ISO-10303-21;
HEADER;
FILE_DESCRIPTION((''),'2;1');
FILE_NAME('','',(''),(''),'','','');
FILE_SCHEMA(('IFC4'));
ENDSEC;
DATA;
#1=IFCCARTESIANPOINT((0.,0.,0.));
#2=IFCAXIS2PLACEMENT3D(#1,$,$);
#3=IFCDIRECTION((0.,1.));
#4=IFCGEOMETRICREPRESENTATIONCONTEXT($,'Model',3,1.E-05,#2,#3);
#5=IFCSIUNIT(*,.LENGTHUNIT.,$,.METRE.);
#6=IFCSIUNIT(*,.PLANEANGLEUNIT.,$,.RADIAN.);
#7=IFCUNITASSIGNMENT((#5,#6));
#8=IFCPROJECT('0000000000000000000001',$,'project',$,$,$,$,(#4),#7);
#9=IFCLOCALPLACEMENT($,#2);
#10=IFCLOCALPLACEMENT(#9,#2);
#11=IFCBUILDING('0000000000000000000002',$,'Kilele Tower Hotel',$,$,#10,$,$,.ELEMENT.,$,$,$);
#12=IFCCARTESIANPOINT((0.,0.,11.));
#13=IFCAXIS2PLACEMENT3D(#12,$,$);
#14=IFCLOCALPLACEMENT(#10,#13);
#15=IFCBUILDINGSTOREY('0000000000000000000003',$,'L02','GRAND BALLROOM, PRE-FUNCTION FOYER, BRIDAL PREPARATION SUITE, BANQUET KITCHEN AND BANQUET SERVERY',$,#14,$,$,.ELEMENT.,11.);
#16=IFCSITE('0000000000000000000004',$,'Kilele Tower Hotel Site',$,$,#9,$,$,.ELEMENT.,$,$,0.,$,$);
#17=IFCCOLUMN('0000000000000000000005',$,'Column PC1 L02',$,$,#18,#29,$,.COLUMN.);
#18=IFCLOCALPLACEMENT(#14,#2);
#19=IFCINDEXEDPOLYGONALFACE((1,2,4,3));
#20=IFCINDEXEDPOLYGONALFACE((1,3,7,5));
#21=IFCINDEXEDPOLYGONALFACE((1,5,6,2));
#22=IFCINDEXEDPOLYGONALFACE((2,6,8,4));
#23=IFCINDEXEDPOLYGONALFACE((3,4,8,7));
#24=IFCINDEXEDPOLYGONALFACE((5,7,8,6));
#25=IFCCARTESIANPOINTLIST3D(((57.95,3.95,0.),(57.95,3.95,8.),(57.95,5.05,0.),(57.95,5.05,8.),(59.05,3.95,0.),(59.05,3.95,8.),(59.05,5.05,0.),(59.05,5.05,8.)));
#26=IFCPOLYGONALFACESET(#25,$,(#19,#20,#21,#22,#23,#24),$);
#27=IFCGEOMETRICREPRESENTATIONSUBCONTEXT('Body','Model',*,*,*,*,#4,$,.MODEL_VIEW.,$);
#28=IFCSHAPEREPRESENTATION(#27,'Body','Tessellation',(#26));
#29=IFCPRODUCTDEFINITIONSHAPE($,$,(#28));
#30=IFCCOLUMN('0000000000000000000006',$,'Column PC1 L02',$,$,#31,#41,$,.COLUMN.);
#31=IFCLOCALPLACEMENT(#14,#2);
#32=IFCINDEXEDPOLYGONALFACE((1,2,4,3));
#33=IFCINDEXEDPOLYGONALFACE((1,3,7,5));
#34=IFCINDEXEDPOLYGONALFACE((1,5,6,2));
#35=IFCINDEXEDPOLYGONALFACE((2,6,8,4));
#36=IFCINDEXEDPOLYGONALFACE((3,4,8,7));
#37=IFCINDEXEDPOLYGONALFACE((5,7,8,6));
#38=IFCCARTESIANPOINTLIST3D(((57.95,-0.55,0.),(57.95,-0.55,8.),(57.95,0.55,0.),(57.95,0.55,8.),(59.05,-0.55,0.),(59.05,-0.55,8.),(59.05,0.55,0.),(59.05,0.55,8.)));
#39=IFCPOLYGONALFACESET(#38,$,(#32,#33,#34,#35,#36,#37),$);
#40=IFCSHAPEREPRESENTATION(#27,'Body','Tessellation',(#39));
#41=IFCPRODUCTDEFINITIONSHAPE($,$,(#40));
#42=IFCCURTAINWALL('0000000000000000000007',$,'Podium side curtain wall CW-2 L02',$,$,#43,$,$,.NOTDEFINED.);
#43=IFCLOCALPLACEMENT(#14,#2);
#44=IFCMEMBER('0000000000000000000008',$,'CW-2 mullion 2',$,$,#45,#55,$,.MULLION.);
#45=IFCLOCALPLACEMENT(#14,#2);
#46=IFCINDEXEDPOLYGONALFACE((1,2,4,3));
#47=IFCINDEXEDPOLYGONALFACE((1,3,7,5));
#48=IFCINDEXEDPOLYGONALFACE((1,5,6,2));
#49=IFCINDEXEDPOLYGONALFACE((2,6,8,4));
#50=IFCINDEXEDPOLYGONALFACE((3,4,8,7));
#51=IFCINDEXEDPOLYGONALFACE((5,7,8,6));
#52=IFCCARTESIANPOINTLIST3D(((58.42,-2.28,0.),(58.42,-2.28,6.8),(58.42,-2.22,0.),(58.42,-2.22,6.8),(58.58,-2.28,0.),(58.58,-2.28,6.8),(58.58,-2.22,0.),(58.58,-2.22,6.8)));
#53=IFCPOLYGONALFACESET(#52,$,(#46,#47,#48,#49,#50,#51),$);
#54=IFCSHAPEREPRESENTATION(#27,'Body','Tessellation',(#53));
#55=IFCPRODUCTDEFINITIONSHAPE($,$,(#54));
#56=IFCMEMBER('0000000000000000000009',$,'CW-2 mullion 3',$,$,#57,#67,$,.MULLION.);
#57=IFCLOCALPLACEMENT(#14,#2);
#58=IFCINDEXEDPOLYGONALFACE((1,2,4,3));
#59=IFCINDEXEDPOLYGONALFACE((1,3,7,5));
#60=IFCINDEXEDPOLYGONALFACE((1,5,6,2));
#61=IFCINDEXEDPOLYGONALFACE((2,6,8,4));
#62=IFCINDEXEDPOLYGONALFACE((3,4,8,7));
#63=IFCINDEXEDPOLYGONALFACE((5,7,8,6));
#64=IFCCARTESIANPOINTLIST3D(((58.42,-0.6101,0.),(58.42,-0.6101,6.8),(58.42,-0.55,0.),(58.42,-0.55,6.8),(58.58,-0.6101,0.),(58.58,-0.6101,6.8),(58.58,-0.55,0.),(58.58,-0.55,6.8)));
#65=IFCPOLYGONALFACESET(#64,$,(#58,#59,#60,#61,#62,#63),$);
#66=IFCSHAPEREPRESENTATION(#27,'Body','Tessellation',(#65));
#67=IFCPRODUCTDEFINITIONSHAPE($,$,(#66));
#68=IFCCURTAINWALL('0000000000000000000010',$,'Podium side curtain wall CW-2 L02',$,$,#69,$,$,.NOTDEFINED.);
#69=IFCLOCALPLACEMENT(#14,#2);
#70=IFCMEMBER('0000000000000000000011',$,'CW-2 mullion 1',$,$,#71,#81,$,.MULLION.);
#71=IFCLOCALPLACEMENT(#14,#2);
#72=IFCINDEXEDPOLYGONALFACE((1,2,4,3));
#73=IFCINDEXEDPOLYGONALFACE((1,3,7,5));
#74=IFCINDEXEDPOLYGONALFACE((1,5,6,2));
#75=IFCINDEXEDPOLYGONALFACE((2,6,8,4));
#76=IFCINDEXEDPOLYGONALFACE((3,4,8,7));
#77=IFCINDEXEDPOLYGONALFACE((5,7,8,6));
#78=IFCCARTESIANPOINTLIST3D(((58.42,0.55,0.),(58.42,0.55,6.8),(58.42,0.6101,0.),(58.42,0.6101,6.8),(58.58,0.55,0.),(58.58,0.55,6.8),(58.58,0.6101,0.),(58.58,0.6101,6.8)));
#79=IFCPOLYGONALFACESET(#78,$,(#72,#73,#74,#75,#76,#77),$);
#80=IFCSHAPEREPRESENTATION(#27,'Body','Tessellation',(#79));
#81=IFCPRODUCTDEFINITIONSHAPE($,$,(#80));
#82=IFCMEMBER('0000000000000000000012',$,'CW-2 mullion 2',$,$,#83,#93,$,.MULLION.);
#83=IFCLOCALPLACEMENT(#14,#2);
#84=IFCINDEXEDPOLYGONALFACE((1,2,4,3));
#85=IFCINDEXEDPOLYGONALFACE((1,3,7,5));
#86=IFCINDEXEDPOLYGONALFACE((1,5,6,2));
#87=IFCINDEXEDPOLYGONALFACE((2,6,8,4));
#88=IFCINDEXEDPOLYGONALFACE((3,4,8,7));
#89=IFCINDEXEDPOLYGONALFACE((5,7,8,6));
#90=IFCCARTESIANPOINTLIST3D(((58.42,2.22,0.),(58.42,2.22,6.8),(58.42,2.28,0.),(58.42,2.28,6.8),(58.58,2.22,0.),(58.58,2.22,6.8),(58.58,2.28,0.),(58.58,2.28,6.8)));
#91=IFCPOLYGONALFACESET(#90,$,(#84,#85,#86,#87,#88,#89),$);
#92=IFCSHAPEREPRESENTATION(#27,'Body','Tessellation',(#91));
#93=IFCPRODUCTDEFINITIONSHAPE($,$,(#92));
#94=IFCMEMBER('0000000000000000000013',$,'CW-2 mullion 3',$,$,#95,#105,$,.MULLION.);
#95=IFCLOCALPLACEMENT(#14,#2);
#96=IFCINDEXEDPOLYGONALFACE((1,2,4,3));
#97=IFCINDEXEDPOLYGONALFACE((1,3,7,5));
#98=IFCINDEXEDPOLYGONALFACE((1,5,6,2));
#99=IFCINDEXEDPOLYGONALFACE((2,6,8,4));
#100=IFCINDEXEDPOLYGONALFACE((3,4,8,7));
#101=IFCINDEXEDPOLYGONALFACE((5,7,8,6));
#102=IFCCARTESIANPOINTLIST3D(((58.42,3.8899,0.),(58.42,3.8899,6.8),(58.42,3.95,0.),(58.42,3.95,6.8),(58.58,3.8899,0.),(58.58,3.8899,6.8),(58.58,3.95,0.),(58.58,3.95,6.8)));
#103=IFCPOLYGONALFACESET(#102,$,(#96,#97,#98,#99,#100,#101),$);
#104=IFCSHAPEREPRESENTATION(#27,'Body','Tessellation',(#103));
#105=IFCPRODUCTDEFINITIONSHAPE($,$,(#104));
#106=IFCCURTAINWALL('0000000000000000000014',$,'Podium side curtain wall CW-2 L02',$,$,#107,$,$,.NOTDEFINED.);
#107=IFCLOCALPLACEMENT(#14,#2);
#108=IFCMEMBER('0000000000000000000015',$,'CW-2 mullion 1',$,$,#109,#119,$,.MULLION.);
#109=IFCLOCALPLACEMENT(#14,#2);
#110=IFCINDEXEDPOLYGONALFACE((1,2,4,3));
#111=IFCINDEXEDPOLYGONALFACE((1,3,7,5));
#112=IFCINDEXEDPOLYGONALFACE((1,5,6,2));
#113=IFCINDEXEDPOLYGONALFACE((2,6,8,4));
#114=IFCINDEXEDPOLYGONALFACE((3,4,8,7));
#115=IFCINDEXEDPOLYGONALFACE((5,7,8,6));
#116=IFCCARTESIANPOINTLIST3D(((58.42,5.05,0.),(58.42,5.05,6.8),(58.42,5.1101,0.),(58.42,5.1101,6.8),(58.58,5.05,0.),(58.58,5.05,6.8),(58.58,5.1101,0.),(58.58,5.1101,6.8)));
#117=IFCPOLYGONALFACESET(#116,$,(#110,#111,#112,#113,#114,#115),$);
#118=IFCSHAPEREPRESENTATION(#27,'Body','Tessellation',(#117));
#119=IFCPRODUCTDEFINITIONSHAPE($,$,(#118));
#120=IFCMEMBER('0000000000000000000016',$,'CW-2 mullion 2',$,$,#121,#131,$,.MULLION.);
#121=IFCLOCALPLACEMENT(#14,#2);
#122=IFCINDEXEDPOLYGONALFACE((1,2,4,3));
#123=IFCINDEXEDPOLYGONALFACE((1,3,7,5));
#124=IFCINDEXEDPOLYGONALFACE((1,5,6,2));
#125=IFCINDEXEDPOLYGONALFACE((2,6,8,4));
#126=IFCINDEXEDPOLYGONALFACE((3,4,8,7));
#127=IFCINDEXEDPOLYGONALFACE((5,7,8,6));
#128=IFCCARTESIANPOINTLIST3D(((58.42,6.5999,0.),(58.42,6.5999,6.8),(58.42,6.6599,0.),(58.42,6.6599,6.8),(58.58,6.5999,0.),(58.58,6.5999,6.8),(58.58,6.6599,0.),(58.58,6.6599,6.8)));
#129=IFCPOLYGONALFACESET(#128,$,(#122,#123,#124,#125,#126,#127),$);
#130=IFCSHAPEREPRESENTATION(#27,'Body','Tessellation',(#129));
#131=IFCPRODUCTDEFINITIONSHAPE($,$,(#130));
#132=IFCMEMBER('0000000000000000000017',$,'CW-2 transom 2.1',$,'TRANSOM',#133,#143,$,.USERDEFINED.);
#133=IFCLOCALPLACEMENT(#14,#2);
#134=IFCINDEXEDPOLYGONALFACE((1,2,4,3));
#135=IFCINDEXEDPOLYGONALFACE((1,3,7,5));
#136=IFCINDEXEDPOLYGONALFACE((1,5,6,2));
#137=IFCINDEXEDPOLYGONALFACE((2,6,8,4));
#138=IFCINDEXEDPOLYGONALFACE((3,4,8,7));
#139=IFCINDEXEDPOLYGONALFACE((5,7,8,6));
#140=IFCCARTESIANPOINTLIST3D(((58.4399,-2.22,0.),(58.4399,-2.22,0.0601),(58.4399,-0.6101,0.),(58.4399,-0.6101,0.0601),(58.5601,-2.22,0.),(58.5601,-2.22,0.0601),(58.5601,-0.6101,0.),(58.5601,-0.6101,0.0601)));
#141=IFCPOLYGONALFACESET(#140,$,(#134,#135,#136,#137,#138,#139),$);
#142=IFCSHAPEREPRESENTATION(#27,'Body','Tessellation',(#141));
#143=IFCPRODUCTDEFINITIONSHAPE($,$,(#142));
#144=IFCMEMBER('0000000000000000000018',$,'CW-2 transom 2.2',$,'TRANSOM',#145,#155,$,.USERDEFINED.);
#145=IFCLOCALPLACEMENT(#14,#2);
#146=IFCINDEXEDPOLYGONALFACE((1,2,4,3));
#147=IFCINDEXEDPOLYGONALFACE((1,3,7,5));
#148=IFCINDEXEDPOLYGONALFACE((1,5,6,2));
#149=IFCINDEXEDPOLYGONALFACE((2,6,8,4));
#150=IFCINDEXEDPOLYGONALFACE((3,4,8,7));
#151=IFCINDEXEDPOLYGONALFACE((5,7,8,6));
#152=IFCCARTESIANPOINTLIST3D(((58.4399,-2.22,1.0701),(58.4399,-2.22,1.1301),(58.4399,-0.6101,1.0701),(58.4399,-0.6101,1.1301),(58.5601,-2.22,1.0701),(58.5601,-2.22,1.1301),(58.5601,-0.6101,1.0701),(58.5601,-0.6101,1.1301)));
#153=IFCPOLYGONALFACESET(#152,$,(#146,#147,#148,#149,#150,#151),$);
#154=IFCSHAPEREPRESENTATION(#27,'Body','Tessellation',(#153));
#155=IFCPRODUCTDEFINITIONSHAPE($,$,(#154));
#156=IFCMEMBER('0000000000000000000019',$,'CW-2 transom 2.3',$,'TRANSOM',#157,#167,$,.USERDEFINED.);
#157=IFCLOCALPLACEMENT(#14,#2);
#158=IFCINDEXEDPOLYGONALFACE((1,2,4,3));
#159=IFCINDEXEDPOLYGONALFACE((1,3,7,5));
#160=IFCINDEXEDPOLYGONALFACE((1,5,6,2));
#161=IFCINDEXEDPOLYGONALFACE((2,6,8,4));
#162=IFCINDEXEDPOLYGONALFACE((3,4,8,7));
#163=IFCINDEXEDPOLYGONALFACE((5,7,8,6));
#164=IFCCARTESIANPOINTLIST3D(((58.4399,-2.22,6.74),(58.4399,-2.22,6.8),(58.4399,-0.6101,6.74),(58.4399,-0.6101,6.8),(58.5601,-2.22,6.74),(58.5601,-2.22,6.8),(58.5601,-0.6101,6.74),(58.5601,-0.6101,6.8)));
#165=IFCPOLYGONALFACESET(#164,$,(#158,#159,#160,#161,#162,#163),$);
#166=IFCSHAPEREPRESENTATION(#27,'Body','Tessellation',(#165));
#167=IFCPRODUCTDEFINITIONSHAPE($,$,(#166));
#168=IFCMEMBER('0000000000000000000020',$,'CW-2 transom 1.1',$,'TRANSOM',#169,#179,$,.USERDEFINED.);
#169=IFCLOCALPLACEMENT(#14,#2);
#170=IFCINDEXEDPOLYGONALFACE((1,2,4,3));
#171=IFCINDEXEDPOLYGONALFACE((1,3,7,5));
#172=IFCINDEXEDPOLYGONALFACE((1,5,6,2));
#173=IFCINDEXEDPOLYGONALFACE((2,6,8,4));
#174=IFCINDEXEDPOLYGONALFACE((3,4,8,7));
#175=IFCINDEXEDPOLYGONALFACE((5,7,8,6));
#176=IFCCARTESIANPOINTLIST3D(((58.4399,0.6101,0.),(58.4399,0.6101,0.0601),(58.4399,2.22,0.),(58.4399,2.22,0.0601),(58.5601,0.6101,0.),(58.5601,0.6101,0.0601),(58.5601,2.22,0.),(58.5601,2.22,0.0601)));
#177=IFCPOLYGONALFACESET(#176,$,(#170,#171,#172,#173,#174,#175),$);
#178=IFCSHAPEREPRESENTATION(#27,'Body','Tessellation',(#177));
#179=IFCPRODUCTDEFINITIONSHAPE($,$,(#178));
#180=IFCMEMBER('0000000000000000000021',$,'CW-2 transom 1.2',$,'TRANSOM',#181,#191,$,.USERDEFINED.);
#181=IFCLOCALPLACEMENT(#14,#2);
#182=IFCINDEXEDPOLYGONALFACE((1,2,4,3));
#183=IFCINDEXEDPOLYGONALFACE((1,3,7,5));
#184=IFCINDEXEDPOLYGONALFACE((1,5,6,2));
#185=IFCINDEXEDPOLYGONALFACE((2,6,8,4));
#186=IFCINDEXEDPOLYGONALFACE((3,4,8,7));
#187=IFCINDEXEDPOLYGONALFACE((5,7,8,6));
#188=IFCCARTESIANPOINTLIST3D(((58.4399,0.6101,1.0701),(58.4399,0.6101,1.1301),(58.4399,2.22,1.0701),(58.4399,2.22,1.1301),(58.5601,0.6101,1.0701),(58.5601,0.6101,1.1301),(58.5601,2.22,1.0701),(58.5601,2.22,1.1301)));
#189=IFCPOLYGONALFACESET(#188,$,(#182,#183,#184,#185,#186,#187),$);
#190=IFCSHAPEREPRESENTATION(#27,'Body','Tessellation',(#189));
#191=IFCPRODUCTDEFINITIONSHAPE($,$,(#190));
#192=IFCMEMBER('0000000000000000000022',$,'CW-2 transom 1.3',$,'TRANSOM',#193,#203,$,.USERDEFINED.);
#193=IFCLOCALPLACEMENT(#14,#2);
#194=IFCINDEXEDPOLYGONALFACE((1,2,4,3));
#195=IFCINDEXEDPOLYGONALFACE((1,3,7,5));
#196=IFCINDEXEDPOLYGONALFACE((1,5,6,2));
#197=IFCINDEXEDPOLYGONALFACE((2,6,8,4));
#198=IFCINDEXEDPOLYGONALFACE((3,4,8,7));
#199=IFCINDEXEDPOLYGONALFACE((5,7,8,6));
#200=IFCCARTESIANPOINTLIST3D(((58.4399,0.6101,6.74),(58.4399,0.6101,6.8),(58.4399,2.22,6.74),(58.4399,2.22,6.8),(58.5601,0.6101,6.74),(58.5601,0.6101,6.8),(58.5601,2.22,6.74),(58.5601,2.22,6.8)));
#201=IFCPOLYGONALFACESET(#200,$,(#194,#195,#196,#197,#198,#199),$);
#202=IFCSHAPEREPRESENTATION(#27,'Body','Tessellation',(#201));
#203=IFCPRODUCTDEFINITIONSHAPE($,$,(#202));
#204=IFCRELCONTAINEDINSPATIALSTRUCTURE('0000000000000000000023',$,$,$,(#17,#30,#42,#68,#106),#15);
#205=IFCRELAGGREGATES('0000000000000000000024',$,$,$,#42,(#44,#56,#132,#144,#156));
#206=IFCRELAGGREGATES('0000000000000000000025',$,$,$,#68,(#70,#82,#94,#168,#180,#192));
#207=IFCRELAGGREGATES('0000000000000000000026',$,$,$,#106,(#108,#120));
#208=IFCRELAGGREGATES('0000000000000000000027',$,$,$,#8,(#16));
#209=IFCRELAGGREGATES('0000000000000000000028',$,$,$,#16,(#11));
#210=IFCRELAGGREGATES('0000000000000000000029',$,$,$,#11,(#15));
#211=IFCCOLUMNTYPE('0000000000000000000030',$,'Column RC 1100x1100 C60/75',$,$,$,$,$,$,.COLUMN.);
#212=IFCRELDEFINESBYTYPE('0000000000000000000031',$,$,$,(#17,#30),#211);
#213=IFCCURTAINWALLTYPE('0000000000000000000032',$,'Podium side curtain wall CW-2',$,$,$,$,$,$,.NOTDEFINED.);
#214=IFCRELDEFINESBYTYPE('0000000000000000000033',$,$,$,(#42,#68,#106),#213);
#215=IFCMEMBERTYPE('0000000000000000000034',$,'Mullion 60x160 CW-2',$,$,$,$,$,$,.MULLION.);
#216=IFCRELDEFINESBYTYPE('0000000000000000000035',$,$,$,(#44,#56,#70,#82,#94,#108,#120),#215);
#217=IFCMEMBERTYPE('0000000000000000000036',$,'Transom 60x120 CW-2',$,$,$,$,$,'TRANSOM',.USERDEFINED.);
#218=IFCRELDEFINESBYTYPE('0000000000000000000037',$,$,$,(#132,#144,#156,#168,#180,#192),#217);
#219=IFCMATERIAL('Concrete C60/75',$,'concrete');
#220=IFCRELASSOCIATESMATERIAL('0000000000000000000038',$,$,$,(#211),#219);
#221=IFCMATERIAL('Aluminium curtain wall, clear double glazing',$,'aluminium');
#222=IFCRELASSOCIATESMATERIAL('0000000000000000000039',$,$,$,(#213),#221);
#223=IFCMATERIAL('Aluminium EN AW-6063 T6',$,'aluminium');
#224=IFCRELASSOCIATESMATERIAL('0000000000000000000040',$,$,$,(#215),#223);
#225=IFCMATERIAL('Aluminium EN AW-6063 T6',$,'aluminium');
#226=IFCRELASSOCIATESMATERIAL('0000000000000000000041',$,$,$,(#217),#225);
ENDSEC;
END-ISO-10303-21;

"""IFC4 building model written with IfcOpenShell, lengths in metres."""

from ifc_helpers import new_model, si_unit, direction, frame, origin, origin_2d, place, context, subcontext, project, spatial, rectangle, extrude, material, material_profile, profile_set, type_object, element, aggregate, save


model = new_model("IFC4")

# Units and contexts
model_context = context("Model", 3, precision=1e-05, world=origin(), true_north=direction((0.0, 1.0)))
body_context = subcontext(model_context, "Body", "Model", "MODEL_VIEW")
ifc_project = project(units=[si_unit("LENGTHUNIT", "METRE"), si_unit("PLANEANGLEUNIT", "RADIAN")], contexts=[model_context])

# Site, building, storey
site_placement = place(None, origin())
site = spatial("IfcSite", under=ifc_project, at=site_placement, Name="Kilele Tower Hotel Site", CompositionType="ELEMENT", RefElevation=0.0)
building_placement = place(site_placement, origin())
building = spatial("IfcBuilding", under=site, at=building_placement, Name="Kilele Tower Hotel", CompositionType="ELEMENT")
storey_placement = place(building_placement, frame((0.0, 0.0, 11.0)))
storey = spatial("IfcBuildingStorey", under=building, at=storey_placement, Name="L02", Description="GRAND BALLROOM, PRE-FUNCTION FOYER, BRIDAL PREPARATION SUITE, BANQUET KITCHEN AND BANQUET SERVERY", CompositionType="ELEMENT", Elevation=11.0)

# Columns
ifc_material_1 = material(Name="Concrete C60/75", Category="concrete")
ifc_material_profile_1 = material_profile(ifc_material_1, rectangle(XDim=1.1001, YDim=1.1001, at=origin_2d()))
ifc_profile_set_1 = profile_set([ifc_material_profile_1], Name="Concrete C60/75")
column_type = type_object("IfcColumnType", Name="Column RC 1100x1100 C60/75", PredefinedType="COLUMN", material=ifc_profile_set_1)
for number, where, z_axis, x_axis, name in (
    (1, (58.5, 4.5, 0.0), (0.0, 0.0, 1.0), (1.0, 0.0, 0.0), "Column PC1 L02"),
    (2, (58.5, 0.0, 0.0), (0.0, 0.0, 1.0), (1.0, 0.0, 0.0), "Column PC1 L02"),
):
    element("IfcColumn", number, at=place(storey_placement, frame(where, z_axis=z_axis, x_axis=x_axis)), inside=storey, type_object=column_type, Name=name, PredefinedType="COLUMN", context=body_context, shape_type="SweptSolid", body=[
        extrude(rectangle(XDim=1.1001, YDim=1.1001, at=origin_2d()), origin(), (0.0, 0.0, 1.0), 8.0),
    ])

# Curtain walls, members
ifc_material_2 = material(Name="Aluminium curtain wall, clear double glazing", Category="aluminium")
curtain_wall_type = type_object("IfcCurtainWallType", Name="Podium side curtain wall CW-2", PredefinedType="NOTDEFINED", material=ifc_material_2)
curtain_wall_1_placement = place(storey_placement, origin())
curtain_wall_1 = element("IfcCurtainWall", 3, at=curtain_wall_1_placement, inside=storey, type_object=curtain_wall_type, Name="Podium side curtain wall CW-2 L02", PredefinedType="NOTDEFINED")
ifc_material_3 = material(Name="Aluminium EN AW-6063 T6", Category="aluminium")
ifc_material_profile_2 = material_profile(ifc_material_3, rectangle(XDim=0.1599, YDim=0.0601, at=origin_2d()))
ifc_profile_set_2 = profile_set([ifc_material_profile_2], Name="Aluminium EN AW-6063 T6")
member_type_1 = type_object("IfcMemberType", Name="Mullion 60x160 CW-2", PredefinedType="MULLION", material=ifc_profile_set_2)
member_1_placement = place(storey_placement, frame((58.5, -2.25, 0.0), z_axis=(0.0, 0.0, 1.0), x_axis=(-1.0, 0.0, 0.0)))
member_1 = element("IfcMember", 4, at=member_1_placement, type_object=member_type_1, Name="CW-2 mullion 2", PredefinedType="MULLION", context=body_context, shape_type="SweptSolid", body=[
    extrude(rectangle(XDim=0.1599, YDim=0.0601, at=origin_2d()), origin(), (0.0, 0.0, 1.0), 6.8),
])
member_2_placement = place(storey_placement, frame((58.5, -0.5801, 0.0), z_axis=(0.0, 0.0, 1.0), x_axis=(-1.0, 0.0, 0.0)))
member_2 = element("IfcMember", 5, at=member_2_placement, type_object=member_type_1, Name="CW-2 mullion 3", PredefinedType="MULLION", context=body_context, shape_type="SweptSolid", body=[
    extrude(rectangle(XDim=0.1599, YDim=0.0601, at=origin_2d()), origin(), (0.0, 0.0, 1.0), 6.8),
])
curtain_wall_2_placement = place(storey_placement, origin())
curtain_wall_2 = element("IfcCurtainWall", 6, at=curtain_wall_2_placement, inside=storey, type_object=curtain_wall_type, Name="Podium side curtain wall CW-2 L02", PredefinedType="NOTDEFINED")
member_3_placement = place(storey_placement, frame((58.5, 0.5801, 0.0), z_axis=(0.0, 0.0, 1.0), x_axis=(-1.0, 0.0, 0.0)))
member_3 = element("IfcMember", 7, at=member_3_placement, type_object=member_type_1, Name="CW-2 mullion 1", PredefinedType="MULLION", context=body_context, shape_type="SweptSolid", body=[
    extrude(rectangle(XDim=0.1599, YDim=0.0601, at=origin_2d()), origin(), (0.0, 0.0, 1.0), 6.8),
])
member_4_placement = place(storey_placement, frame((58.5, 2.25, 0.0), z_axis=(0.0, 0.0, 1.0), x_axis=(-1.0, 0.0, 0.0)))
member_4 = element("IfcMember", 8, at=member_4_placement, type_object=member_type_1, Name="CW-2 mullion 2", PredefinedType="MULLION", context=body_context, shape_type="SweptSolid", body=[
    extrude(rectangle(XDim=0.1599, YDim=0.0601, at=origin_2d()), origin(), (0.0, 0.0, 1.0), 6.8),
])
member_5_placement = place(storey_placement, frame((58.5, 3.9199, 0.0), z_axis=(0.0, 0.0, 1.0), x_axis=(-1.0, 0.0, 0.0)))
member_5 = element("IfcMember", 9, at=member_5_placement, type_object=member_type_1, Name="CW-2 mullion 3", PredefinedType="MULLION", context=body_context, shape_type="SweptSolid", body=[
    extrude(rectangle(XDim=0.1599, YDim=0.0601, at=origin_2d()), origin(), (0.0, 0.0, 1.0), 6.8),
])
curtain_wall_3_placement = place(storey_placement, origin())
curtain_wall_3 = element("IfcCurtainWall", 10, at=curtain_wall_3_placement, inside=storey, type_object=curtain_wall_type, Name="Podium side curtain wall CW-2 L02", PredefinedType="NOTDEFINED")
member_6_placement = place(storey_placement, frame((58.5, 5.0801, 0.0), z_axis=(0.0, 0.0, 1.0), x_axis=(-1.0, 0.0, 0.0)))
member_6 = element("IfcMember", 11, at=member_6_placement, type_object=member_type_1, Name="CW-2 mullion 1", PredefinedType="MULLION", context=body_context, shape_type="SweptSolid", body=[
    extrude(rectangle(XDim=0.1599, YDim=0.0601, at=origin_2d()), origin(), (0.0, 0.0, 1.0), 6.8),
])
member_7_placement = place(storey_placement, frame((58.5, 6.6299, 0.0), z_axis=(0.0, 0.0, 1.0), x_axis=(-1.0, 0.0, 0.0)))
member_7 = element("IfcMember", 12, at=member_7_placement, type_object=member_type_1, Name="CW-2 mullion 2", PredefinedType="MULLION", context=body_context, shape_type="SweptSolid", body=[
    extrude(rectangle(XDim=0.1599, YDim=0.0601, at=origin_2d()), origin(), (0.0, 0.0, 1.0), 6.8),
])

# Members
ifc_material_4 = material(Name="Aluminium EN AW-6063 T6", Category="aluminium")
ifc_material_profile_3 = material_profile(ifc_material_4, rectangle(XDim=0.1201, YDim=0.0601, at=origin_2d()))
ifc_profile_set_3 = profile_set([ifc_material_profile_3], Name="Aluminium EN AW-6063 T6")
member_type_2 = type_object("IfcMemberType", Name="Transom 60x120 CW-2", ElementType="TRANSOM", PredefinedType="USERDEFINED", material=ifc_profile_set_3)
member_8_placement = place(storey_placement, frame((58.5, -2.22, 0.03), z_axis=(0.0, 1.0, 0.0), x_axis=(-1.0, 0.0, 0.0)))
member_8 = element("IfcMember", 13, at=member_8_placement, type_object=member_type_2, Name="CW-2 transom 2.1", ObjectType="TRANSOM", PredefinedType="USERDEFINED", context=body_context, shape_type="SweptSolid", body=[
    extrude(rectangle(XDim=0.1201, YDim=0.0601, at=origin_2d()), origin(), (0.0, 0.0, 1.0), 1.6099),
])
member_9_placement = place(storey_placement, frame((58.5, -2.22, 1.1001), z_axis=(0.0, 1.0, 0.0), x_axis=(-1.0, 0.0, 0.0)))
member_9 = element("IfcMember", 14, at=member_9_placement, type_object=member_type_2, Name="CW-2 transom 2.2", ObjectType="TRANSOM", PredefinedType="USERDEFINED", context=body_context, shape_type="SweptSolid", body=[
    extrude(rectangle(XDim=0.1201, YDim=0.0601, at=origin_2d()), origin(), (0.0, 0.0, 1.0), 1.6099),
])
member_10_placement = place(storey_placement, frame((58.5, -2.22, 6.77), z_axis=(0.0, 1.0, 0.0), x_axis=(-1.0, 0.0, 0.0)))
member_10 = element("IfcMember", 15, at=member_10_placement, type_object=member_type_2, Name="CW-2 transom 2.3", ObjectType="TRANSOM", PredefinedType="USERDEFINED", context=body_context, shape_type="SweptSolid", body=[
    extrude(rectangle(XDim=0.1201, YDim=0.0601, at=origin_2d()), origin(), (0.0, 0.0, 1.0), 1.6099),
])
member_11_placement = place(storey_placement, frame((58.5, 0.6101, 0.03), z_axis=(0.0, 1.0, 0.0), x_axis=(-1.0, 0.0, 0.0)))
member_11 = element("IfcMember", 16, at=member_11_placement, type_object=member_type_2, Name="CW-2 transom 1.1", ObjectType="TRANSOM", PredefinedType="USERDEFINED", context=body_context, shape_type="SweptSolid", body=[
    extrude(rectangle(XDim=0.1201, YDim=0.0601, at=origin_2d()), origin(), (0.0, 0.0, 1.0), 1.6099),
])
member_12_placement = place(storey_placement, frame((58.5, 0.6101, 1.1001), z_axis=(0.0, 1.0, 0.0), x_axis=(-1.0, 0.0, 0.0)))
member_12 = element("IfcMember", 17, at=member_12_placement, type_object=member_type_2, Name="CW-2 transom 1.2", ObjectType="TRANSOM", PredefinedType="USERDEFINED", context=body_context, shape_type="SweptSolid", body=[
    extrude(rectangle(XDim=0.1201, YDim=0.0601, at=origin_2d()), origin(), (0.0, 0.0, 1.0), 1.6099),
])
member_13_placement = place(storey_placement, frame((58.5, 0.6101, 6.77), z_axis=(0.0, 1.0, 0.0), x_axis=(-1.0, 0.0, 0.0)))
member_13 = element("IfcMember", 18, at=member_13_placement, type_object=member_type_2, Name="CW-2 transom 1.3", ObjectType="TRANSOM", PredefinedType="USERDEFINED", context=body_context, shape_type="SweptSolid", body=[
    extrude(rectangle(XDim=0.1201, YDim=0.0601, at=origin_2d()), origin(), (0.0, 0.0, 1.0), 1.6099),
])

aggregate(curtain_wall_1, [member_1, member_2, member_8, member_9, member_10])
aggregate(curtain_wall_2, [member_3, member_4, member_5, member_11, member_12, member_13])
aggregate(curtain_wall_3, [member_6, member_7])

save(model, "model.ifc")
